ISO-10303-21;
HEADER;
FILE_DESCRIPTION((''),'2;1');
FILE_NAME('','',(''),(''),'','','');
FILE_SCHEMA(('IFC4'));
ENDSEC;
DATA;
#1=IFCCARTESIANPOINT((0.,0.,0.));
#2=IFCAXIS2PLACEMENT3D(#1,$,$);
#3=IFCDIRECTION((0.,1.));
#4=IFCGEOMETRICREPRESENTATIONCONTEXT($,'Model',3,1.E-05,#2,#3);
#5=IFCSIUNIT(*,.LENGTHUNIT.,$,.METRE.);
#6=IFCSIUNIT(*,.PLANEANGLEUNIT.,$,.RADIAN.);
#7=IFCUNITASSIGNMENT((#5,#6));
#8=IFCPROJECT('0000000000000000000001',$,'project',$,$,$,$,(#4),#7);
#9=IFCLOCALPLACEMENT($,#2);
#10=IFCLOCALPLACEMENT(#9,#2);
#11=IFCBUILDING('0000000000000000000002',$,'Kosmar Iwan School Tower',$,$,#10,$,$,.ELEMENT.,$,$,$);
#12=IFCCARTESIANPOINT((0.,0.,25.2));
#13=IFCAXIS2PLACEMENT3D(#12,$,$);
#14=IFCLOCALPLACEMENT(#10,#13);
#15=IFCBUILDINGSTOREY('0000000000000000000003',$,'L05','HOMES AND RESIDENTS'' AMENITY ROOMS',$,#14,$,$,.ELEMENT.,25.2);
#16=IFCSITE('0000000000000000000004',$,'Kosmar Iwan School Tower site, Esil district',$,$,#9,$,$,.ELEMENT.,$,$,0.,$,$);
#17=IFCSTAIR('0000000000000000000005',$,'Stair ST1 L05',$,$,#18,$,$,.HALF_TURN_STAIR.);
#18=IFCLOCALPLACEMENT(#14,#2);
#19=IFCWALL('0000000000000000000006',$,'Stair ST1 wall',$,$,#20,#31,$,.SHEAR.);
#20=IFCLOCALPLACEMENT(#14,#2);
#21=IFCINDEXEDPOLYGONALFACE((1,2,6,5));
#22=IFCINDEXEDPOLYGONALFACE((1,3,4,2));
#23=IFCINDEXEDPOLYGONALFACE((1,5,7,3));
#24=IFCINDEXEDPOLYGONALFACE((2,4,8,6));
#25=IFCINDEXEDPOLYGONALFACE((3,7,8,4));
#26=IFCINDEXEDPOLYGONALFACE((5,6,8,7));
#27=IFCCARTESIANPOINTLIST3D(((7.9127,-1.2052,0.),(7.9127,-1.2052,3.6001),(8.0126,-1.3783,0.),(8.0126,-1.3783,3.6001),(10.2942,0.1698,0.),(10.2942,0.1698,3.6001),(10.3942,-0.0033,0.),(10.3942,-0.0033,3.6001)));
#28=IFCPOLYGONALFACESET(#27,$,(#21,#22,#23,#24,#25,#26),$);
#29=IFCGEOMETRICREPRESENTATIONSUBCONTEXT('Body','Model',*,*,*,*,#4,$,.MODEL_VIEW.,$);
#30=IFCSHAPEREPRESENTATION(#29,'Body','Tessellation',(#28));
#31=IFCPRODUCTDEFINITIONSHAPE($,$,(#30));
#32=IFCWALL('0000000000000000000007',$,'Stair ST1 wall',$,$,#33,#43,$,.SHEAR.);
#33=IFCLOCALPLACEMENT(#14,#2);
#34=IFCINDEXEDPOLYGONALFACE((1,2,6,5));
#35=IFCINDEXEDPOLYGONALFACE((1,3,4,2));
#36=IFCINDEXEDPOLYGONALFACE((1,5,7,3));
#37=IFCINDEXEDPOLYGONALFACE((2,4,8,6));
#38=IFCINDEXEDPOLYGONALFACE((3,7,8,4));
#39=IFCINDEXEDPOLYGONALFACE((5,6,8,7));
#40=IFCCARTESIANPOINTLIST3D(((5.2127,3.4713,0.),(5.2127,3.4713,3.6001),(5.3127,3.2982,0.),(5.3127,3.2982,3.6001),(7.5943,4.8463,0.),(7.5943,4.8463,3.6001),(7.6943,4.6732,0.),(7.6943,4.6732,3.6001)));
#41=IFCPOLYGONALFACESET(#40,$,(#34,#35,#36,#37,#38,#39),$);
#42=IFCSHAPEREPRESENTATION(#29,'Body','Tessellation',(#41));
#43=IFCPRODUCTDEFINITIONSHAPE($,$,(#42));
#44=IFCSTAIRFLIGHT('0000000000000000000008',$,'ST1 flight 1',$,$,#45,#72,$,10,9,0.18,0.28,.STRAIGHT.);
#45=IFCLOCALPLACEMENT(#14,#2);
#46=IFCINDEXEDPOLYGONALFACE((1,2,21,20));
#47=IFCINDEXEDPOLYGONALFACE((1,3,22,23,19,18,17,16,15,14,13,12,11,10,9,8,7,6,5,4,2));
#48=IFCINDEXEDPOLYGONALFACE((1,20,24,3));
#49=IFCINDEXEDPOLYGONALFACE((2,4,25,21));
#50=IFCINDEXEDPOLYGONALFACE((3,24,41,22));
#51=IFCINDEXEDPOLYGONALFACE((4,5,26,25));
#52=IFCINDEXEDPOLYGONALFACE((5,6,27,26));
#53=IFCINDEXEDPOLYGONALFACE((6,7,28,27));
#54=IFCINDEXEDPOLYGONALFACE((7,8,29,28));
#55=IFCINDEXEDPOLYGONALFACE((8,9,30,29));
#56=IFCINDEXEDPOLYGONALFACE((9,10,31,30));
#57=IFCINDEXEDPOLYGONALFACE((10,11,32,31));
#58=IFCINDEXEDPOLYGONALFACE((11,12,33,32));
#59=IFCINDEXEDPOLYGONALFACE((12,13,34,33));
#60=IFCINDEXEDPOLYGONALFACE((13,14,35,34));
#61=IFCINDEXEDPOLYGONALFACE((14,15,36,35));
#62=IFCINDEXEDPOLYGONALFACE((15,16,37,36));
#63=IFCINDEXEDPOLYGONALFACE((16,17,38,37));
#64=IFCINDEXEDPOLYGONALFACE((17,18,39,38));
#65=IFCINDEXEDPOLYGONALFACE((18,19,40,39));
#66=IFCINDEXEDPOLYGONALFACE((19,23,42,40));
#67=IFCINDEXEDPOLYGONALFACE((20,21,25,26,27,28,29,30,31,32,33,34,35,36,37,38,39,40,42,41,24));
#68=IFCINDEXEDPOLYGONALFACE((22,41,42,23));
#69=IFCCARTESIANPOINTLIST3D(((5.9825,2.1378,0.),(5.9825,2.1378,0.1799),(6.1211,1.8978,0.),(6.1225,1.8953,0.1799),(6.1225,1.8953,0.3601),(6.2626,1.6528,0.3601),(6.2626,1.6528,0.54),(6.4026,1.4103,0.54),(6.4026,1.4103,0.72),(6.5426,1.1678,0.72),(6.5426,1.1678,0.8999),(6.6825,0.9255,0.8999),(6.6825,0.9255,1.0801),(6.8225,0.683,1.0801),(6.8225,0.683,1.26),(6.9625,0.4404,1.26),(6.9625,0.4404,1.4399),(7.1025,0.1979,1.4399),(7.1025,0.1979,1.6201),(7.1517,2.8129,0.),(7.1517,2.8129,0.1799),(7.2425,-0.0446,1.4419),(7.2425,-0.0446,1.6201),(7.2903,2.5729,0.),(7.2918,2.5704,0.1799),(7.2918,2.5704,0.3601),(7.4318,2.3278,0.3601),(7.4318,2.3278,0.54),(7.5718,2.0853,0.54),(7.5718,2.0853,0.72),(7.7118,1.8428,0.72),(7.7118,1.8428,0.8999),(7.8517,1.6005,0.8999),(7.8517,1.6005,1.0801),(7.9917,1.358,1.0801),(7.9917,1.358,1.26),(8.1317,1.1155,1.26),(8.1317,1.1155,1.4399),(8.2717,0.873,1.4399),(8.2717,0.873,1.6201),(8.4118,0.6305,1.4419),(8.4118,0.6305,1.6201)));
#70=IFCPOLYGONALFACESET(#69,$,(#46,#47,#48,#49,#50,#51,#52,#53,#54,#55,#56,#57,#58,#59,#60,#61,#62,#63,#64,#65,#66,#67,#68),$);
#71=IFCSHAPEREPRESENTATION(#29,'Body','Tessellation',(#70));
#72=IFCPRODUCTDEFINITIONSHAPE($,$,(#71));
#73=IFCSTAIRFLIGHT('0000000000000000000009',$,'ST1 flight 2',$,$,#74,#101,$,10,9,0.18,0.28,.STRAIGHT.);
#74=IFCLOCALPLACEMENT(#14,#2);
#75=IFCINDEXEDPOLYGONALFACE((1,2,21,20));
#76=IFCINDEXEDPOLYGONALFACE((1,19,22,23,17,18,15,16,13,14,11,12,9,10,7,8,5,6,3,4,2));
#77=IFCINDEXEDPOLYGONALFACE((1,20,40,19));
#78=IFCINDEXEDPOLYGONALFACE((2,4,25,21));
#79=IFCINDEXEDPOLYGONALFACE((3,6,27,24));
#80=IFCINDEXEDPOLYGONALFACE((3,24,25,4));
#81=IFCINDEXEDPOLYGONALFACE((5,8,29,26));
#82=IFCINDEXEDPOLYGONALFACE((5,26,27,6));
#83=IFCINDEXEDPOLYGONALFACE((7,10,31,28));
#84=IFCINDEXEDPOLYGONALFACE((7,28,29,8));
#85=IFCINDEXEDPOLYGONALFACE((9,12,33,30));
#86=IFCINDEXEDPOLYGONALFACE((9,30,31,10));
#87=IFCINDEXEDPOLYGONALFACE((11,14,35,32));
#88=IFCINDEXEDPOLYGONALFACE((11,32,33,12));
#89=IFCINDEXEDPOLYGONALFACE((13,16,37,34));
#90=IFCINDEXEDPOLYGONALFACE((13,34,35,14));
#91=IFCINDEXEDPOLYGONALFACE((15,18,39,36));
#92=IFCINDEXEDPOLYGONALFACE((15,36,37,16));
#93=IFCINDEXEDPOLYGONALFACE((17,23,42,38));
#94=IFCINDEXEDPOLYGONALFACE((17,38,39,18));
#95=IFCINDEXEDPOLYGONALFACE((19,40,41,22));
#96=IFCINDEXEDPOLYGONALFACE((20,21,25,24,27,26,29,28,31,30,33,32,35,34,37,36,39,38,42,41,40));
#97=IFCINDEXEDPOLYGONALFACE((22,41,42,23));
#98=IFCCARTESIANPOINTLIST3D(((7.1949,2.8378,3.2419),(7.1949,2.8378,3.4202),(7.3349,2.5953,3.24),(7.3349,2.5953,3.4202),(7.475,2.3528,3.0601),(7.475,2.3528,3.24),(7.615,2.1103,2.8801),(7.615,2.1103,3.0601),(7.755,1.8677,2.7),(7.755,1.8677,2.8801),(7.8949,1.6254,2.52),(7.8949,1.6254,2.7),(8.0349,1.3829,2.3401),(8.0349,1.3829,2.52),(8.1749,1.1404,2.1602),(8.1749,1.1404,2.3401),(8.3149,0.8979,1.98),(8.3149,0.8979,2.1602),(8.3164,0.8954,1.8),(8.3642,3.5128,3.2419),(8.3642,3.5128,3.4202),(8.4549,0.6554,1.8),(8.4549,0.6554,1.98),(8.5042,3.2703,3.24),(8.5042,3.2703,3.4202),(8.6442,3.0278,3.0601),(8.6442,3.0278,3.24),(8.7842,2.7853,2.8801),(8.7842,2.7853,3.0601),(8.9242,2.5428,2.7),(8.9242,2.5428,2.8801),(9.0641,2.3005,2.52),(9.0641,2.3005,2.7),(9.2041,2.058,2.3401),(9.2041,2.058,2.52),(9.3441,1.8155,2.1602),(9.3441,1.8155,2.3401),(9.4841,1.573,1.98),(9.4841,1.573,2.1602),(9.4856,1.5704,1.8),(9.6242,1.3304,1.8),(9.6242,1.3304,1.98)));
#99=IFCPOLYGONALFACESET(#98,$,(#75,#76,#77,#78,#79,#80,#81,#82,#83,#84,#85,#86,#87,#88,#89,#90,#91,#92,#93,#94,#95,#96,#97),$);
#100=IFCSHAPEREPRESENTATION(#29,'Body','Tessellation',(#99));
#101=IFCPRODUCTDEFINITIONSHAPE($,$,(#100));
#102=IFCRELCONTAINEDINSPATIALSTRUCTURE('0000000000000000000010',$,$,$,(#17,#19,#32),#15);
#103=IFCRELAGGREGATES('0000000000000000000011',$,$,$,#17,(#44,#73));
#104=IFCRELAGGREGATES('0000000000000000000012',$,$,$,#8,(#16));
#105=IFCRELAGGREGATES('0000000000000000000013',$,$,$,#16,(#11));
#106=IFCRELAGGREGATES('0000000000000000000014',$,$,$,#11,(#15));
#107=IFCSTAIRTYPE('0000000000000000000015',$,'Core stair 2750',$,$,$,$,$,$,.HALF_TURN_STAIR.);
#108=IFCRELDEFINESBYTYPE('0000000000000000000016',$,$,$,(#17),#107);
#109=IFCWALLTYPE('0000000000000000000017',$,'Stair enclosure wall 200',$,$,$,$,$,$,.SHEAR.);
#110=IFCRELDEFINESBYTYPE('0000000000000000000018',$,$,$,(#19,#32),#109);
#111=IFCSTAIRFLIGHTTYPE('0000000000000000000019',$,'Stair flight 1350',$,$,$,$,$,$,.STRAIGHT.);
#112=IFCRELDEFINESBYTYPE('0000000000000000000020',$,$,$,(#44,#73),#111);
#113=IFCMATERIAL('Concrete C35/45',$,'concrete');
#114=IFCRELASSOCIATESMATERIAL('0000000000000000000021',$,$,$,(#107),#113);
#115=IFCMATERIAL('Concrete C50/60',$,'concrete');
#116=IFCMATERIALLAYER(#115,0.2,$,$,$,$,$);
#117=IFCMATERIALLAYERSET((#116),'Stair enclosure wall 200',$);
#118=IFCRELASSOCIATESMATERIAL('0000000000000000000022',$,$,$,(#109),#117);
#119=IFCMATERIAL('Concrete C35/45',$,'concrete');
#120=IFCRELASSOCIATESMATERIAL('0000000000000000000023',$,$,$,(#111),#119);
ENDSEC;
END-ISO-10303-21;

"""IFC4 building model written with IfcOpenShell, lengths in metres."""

from ifc_helpers import new_model, si_unit, direction, frame, frame_2d, origin, place, context, subcontext, project, spatial, polyline, rectangle, outline, extrude, material, layer, layer_set, type_object, element, aggregate, save


model = new_model("IFC4")

# Units and contexts
model_context = context("Model", 3, precision=1e-05, world=origin(), true_north=direction((0.0, 1.0)))
body_context = subcontext(model_context, "Body", "Model", "MODEL_VIEW")
ifc_project = project(units=[si_unit("LENGTHUNIT", "METRE"), si_unit("PLANEANGLEUNIT", "RADIAN")], contexts=[model_context])

# Site, building, storey
site_placement = place(None, origin())
site = spatial("IfcSite", under=ifc_project, at=site_placement, Name="Kosmar Iwan School Tower site, Esil district", CompositionType="ELEMENT", RefElevation=0.0)
building_placement = place(site_placement, origin())
building = spatial("IfcBuilding", under=site, at=building_placement, Name="Kosmar Iwan School Tower", CompositionType="ELEMENT")
storey_placement = place(building_placement, frame((0.0, 0.0, 25.2)))
storey = spatial("IfcBuildingStorey", under=building, at=storey_placement, Name="L05", Description="HOMES AND RESIDENTS' AMENITY ROOMS", CompositionType="ELEMENT", Elevation=25.2)

# Stair
ifc_material_1 = material(Name="Concrete C35/45", Category="concrete")
stair_type_1 = type_object("IfcStairType", Name="Core stair 2750", PredefinedType="HALF_TURN_STAIR", material=ifc_material_1)
stair_1_placement = place(storey_placement, origin())
stair_1 = element("IfcStair", 1, at=stair_1_placement, inside=storey, type_object=stair_type_1, Name="Stair ST1 L05", PredefinedType="HALF_TURN_STAIR")

# Walls
ifc_material_2 = material(Name="Concrete C50/60", Category="concrete")
ifc_layer_1 = layer(ifc_material_2, 0.2)
ifc_layer_set_1 = layer_set([ifc_layer_1], Name="Stair enclosure wall 200")
wall_type_1 = type_object("IfcWallType", Name="Stair enclosure wall 200", PredefinedType="SHEAR", material=ifc_layer_set_1)
for number, where, z_axis, x_axis, name in (
    (2, (7.9626, -1.2917, 0.0), (0.0, 0.0, 1.0), (0.866027, 0.499997, 0.0), "Stair ST1 wall"),
    (3, (5.2627, 3.3848, 0.0), (0.0, 0.0, 1.0), (0.866027, 0.499997, 0.0), "Stair ST1 wall"),
):
    element("IfcWall", number, at=place(storey_placement, frame(where, z_axis=z_axis, x_axis=x_axis)), inside=storey, type_object=wall_type_1, Name=name, PredefinedType="SHEAR", context=body_context, shape_type="SweptSolid", body=[
        extrude(rectangle(XDim=2.75, YDim=0.2, at=frame_2d((1.375, 0.0))), origin(), (0.0, 0.0, 1.0), 3.6001),
    ])

# Stair flights
ifc_material_3 = material(Name="Concrete C35/45", Category="concrete")
stair_flight_type = type_object("IfcStairFlightType", Name="Stair flight 1350", PredefinedType="STRAIGHT", material=ifc_material_3)
stair_flight_1_placement = place(storey_placement, frame((6.5671, 2.4753, 0.0), z_axis=(0.0, 0.0, 1.0), x_axis=(0.5, -0.866025, 0.0)))
stair_flight_1 = element("IfcStairFlight", 4, at=stair_flight_1_placement, type_object=stair_flight_type, Name="ST1 flight 1", NumberOfRisers=10, NumberOfTreads=9, PredefinedType="STRAIGHT", RiserHeight=0.18, TreadLength=0.28, context=body_context, shape_type="SweptSolid", body=[
    extrude(outline(polyline([(0.0, 0.0), (0.0, 0.1799), (0.28, 0.1799), (0.28, 0.3601), (0.5601, 0.3601), (0.5601, 0.54), (0.8401, 0.54), (0.8401, 0.72), (1.1201, 0.72), (1.1201, 0.8999), (1.3999, 0.8999), (1.3999, 1.0801), (1.6799, 1.0801), (1.6799, 1.26), (1.96, 1.26), (1.96, 1.4399), (2.24, 1.4399), (2.24, 1.6201), (2.52, 1.6201), (2.52, 1.8), (2.52, 1.4419), (0.2771, 0.0), (0.0, 0.0)])), frame((0.0, 0.675, 0.0), z_axis=(0.0, -1.0, 0.0), x_axis=(1.0, 0.0, 0.0)), (0.0, 0.0, 1.0), 1.3501),
])
stair_flight_2_placement = place(storey_placement, frame((9.0396, 0.9929, 1.8), z_axis=(0.0, 0.0, 1.0), x_axis=(-0.5, 0.866025, 0.0)))
stair_flight_2 = element("IfcStairFlight", 5, at=stair_flight_2_placement, type_object=stair_flight_type, Name="ST1 flight 2", NumberOfRisers=10, NumberOfTreads=9, PredefinedType="STRAIGHT", RiserHeight=0.18, TreadLength=0.28, context=body_context, shape_type="SweptSolid", body=[
    extrude(outline(polyline([(0.0, 0.0), (0.0, 0.1799), (0.28, 0.1799), (0.28, 0.3601), (0.5601, 0.3601), (0.5601, 0.54), (0.8401, 0.54), (0.8401, 0.72), (1.1201, 0.72), (1.1201, 0.8999), (1.3999, 0.8999), (1.3999, 1.0801), (1.6799, 1.0801), (1.6799, 1.26), (1.96, 1.26), (1.96, 1.4399), (2.24, 1.4399), (2.24, 1.6201), (2.52, 1.6201), (2.52, 1.8), (2.52, 1.4419), (0.2771, 0.0), (0.0, 0.0)])), frame((0.0, 0.675, 0.0), z_axis=(0.0, -1.0, 0.0), x_axis=(1.0, 0.0, 0.0)), (0.0, 0.0, 1.0), 1.3501),
])
aggregate(stair_1, [stair_flight_1, stair_flight_2])

save(model, "model.ifc")
